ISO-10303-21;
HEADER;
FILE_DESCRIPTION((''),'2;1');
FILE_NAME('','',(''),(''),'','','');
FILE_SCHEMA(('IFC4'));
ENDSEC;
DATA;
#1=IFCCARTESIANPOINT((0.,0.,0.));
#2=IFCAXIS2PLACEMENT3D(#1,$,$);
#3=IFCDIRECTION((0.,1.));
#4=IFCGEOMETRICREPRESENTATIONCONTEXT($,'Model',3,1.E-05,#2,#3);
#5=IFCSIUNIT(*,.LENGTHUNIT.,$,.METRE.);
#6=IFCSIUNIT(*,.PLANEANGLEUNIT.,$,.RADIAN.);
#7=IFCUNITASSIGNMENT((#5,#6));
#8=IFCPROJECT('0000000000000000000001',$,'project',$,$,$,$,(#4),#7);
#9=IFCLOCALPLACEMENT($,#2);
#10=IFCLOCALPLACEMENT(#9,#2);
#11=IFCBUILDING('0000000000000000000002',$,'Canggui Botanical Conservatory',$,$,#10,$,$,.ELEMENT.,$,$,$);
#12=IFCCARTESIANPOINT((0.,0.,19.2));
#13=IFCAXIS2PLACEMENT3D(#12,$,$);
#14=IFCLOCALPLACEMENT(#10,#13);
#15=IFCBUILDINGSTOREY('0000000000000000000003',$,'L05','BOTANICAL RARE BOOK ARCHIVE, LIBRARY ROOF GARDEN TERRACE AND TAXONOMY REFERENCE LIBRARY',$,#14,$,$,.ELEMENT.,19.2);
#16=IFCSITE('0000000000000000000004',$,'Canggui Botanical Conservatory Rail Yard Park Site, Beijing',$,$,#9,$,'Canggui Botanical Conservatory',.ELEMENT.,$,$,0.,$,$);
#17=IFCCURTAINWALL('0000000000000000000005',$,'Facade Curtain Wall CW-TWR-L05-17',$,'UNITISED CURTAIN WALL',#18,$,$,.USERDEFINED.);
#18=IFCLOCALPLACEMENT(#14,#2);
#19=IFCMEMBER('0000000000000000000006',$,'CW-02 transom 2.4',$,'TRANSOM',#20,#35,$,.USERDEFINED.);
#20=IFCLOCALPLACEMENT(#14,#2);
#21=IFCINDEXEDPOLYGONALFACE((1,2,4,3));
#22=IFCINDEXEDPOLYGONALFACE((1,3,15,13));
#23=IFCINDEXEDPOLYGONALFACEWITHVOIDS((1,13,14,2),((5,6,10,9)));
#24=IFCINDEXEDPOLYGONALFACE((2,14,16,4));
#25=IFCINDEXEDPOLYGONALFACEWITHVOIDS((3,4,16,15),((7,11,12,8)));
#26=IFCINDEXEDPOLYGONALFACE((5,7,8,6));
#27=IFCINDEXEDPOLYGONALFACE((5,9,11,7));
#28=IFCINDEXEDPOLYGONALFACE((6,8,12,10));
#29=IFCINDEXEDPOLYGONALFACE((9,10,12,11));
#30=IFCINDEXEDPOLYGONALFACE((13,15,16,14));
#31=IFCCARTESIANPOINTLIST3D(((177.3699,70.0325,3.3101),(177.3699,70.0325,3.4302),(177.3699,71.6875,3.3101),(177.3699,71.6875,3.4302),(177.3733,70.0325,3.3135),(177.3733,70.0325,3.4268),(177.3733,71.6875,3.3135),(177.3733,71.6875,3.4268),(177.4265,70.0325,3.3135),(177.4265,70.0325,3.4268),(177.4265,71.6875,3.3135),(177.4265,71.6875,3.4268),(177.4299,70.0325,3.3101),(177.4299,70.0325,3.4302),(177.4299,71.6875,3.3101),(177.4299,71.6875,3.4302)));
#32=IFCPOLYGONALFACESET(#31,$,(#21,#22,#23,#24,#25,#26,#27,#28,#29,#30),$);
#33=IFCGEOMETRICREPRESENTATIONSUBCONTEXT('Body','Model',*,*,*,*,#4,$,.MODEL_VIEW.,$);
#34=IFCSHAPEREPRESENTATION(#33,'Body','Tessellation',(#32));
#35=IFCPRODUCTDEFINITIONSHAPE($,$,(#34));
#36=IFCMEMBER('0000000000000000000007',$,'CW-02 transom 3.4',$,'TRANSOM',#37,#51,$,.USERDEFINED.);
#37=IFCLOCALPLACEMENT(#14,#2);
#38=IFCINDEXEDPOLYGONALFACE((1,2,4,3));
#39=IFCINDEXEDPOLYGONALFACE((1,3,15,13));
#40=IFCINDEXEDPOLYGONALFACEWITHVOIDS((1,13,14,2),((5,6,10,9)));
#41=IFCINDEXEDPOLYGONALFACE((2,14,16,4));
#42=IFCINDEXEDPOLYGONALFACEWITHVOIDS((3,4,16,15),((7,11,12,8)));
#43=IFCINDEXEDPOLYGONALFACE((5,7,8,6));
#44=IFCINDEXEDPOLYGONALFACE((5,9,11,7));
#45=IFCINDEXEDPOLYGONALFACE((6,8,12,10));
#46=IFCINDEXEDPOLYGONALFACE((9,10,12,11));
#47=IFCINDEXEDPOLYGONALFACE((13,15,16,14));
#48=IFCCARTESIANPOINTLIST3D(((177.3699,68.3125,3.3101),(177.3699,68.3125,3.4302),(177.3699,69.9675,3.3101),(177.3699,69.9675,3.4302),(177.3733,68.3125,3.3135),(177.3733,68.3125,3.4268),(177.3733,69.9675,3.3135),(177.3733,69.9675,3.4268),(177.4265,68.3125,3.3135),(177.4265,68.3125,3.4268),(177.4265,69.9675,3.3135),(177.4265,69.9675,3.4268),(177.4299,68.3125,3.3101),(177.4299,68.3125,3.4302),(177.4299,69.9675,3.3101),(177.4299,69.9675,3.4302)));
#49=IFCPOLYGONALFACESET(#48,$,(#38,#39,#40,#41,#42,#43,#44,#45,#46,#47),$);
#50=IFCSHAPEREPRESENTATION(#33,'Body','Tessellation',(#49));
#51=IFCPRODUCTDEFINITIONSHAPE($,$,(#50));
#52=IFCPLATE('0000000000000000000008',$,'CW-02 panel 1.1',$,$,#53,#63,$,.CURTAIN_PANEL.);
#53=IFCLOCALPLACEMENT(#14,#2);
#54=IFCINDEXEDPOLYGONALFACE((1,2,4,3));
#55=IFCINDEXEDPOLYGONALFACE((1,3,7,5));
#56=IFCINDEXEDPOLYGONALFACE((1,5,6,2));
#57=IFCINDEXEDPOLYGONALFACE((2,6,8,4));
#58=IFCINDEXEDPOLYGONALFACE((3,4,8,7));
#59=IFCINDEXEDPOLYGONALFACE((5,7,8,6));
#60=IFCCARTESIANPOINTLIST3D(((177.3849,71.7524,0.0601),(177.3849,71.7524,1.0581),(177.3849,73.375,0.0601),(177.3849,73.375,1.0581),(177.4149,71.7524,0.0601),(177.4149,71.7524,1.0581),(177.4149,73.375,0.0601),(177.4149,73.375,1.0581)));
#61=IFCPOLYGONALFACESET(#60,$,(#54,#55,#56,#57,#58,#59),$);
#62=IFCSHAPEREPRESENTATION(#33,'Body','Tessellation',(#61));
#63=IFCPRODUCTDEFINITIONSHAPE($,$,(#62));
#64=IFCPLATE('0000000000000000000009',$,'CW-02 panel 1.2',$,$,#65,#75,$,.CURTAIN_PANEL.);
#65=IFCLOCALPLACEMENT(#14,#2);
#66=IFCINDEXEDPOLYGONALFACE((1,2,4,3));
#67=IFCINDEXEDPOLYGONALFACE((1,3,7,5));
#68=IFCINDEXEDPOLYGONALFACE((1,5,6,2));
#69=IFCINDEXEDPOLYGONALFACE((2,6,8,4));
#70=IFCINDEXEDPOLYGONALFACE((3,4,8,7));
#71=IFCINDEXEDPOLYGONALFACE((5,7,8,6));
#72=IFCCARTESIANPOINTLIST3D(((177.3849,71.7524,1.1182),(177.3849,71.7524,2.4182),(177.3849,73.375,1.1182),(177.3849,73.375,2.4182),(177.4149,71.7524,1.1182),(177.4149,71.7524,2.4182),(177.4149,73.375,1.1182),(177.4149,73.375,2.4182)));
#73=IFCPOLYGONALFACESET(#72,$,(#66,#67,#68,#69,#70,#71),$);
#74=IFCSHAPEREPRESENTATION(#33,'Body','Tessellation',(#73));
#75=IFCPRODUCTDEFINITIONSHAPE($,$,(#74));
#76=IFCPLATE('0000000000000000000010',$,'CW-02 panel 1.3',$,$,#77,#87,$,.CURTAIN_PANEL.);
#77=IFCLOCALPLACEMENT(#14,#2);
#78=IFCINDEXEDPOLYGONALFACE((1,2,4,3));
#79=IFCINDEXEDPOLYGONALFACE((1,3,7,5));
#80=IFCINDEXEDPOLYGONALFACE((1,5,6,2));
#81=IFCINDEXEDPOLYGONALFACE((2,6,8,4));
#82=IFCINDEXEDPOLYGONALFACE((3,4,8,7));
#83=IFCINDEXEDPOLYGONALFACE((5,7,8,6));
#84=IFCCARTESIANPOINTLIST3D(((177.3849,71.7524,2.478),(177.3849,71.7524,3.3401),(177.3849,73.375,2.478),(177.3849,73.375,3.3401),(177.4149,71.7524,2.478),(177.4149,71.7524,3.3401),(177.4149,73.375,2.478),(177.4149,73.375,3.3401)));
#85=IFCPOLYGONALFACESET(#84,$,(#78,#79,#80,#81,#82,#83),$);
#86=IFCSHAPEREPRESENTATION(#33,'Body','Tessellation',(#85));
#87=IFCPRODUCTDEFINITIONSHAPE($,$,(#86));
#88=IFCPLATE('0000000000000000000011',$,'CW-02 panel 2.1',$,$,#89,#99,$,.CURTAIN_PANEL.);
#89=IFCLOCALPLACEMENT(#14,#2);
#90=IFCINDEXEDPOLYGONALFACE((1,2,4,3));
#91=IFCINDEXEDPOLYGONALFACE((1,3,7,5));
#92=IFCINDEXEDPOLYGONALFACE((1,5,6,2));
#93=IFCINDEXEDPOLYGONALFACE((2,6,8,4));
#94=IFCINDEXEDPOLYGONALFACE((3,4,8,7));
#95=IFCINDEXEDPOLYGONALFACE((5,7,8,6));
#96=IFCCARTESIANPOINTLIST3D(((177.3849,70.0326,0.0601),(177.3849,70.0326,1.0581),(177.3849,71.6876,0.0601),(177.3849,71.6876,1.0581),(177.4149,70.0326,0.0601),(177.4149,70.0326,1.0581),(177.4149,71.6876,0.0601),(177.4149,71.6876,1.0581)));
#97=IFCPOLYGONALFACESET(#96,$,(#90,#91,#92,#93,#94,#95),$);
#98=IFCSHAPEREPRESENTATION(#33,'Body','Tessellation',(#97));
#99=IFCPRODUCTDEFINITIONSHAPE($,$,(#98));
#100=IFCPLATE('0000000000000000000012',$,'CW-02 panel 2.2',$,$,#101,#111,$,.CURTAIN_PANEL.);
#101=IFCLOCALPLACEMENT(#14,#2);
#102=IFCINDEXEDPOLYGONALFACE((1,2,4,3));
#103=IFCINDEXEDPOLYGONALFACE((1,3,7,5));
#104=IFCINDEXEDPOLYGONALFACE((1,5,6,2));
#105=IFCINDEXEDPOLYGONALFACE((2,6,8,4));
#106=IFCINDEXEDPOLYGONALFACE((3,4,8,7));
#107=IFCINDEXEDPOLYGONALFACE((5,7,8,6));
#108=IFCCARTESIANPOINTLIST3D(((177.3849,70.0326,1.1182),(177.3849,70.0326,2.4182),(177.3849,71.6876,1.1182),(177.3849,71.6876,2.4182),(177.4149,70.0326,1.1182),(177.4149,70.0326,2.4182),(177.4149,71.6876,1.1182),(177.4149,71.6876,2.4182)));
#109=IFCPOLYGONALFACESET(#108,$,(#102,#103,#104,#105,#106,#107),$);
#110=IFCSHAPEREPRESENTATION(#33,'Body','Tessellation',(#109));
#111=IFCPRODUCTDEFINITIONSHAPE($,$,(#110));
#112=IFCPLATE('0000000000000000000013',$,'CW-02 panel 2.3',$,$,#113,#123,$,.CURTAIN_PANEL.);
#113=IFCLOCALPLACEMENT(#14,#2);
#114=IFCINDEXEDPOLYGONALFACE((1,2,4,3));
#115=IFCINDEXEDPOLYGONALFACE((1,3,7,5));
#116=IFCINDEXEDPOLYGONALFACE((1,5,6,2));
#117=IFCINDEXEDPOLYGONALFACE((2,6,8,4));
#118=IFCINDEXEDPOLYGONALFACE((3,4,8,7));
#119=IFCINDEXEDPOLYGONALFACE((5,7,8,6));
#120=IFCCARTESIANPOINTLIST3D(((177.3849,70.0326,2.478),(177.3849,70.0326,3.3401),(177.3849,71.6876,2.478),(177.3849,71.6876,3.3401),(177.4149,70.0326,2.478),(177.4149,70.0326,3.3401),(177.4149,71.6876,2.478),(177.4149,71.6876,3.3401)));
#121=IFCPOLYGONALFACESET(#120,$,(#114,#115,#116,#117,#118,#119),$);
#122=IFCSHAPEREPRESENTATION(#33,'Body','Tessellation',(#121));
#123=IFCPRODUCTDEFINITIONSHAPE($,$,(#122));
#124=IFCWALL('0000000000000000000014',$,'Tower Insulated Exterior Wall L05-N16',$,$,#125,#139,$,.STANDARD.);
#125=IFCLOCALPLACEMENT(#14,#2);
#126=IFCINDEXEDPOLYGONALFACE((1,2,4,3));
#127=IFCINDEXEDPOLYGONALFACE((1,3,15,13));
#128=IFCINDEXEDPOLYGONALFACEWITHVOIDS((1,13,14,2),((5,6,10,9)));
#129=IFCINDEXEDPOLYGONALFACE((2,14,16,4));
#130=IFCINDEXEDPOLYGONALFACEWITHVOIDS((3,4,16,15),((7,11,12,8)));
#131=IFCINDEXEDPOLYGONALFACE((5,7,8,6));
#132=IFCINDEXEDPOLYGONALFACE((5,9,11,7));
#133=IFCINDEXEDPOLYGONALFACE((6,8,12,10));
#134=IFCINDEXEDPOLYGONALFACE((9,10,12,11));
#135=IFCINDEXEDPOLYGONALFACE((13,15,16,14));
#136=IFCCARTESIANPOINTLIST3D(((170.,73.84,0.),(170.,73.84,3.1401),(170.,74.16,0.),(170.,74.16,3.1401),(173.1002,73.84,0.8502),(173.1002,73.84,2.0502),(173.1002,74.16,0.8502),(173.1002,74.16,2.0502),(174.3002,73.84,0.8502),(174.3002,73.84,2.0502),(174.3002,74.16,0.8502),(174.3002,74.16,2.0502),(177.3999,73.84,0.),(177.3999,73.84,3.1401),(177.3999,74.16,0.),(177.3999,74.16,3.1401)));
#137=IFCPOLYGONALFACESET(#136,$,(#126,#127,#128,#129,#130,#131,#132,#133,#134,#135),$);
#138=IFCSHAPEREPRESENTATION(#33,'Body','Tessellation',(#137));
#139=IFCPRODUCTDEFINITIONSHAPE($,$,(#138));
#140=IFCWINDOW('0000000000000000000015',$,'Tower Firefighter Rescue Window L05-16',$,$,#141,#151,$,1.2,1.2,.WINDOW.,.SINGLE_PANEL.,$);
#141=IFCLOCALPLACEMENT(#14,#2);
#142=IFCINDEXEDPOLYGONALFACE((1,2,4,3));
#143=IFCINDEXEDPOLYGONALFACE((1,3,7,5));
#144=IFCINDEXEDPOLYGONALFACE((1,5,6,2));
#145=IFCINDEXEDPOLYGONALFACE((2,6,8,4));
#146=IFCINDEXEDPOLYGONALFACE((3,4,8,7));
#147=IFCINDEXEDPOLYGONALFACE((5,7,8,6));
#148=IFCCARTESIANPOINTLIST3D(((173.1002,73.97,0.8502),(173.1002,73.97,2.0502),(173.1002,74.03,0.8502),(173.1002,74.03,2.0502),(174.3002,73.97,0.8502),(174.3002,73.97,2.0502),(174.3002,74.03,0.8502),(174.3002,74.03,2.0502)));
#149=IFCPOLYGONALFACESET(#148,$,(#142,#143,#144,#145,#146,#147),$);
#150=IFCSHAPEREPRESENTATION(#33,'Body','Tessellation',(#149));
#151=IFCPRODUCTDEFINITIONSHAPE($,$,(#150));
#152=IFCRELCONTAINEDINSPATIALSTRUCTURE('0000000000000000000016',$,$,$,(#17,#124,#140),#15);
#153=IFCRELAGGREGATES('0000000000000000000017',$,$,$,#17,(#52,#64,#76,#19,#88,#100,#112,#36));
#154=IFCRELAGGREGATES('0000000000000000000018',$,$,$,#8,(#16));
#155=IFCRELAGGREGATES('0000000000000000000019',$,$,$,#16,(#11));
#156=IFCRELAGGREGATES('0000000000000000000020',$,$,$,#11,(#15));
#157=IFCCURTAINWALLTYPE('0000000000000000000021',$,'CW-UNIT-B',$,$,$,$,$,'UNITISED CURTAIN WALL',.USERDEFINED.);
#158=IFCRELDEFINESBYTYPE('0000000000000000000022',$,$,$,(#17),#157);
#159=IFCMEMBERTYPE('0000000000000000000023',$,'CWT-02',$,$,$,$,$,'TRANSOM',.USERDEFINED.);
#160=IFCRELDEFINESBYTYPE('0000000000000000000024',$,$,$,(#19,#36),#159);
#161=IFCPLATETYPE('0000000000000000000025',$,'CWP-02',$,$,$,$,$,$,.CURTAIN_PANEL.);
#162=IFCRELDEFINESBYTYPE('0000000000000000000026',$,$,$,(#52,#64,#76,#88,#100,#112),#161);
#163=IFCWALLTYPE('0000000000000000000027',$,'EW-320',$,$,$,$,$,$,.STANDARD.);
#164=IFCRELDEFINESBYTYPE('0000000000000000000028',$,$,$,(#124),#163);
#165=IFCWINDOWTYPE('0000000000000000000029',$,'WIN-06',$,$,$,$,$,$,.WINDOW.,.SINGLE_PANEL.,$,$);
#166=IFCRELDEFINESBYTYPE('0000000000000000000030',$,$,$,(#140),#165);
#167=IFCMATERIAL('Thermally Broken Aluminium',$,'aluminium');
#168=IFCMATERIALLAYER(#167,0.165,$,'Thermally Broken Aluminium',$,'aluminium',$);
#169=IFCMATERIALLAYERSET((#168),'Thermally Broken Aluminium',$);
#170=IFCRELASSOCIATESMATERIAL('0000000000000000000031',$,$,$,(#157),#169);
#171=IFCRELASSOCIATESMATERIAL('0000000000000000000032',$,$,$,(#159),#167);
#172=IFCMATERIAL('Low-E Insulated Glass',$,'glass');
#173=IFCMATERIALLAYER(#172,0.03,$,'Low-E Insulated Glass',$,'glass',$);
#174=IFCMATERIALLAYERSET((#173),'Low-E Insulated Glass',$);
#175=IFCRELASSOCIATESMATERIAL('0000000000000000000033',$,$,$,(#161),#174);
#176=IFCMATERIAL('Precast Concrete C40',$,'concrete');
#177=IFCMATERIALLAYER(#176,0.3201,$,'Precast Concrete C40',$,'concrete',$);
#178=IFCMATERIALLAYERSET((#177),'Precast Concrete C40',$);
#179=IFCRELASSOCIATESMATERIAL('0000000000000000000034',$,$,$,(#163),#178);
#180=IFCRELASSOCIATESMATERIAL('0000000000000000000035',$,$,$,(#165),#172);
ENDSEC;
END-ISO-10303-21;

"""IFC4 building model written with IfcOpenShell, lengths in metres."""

from ifc_helpers import new_model, si_unit, direction, frame, frame_2d, origin, origin_2d, place, context, subcontext, project, spatial, rectangle, hollow_rectangle, extrude, material, layer, layer_set, material_profile, profile_set, type_object, element, fill, aggregate, save


model = new_model("IFC4")

# Units and contexts
model_context = context("Model", 3, precision=1e-05, world=origin(), true_north=direction((0.0, 1.0)))
body_context = subcontext(model_context, "Body", "Model", "MODEL_VIEW")
ifc_project = project(units=[si_unit("LENGTHUNIT", "METRE"), si_unit("PLANEANGLEUNIT", "RADIAN")], contexts=[model_context])

# Site, building, storey
site_placement = place(None, origin())
site = spatial("IfcSite", under=ifc_project, at=site_placement, Name="Canggui Botanical Conservatory Rail Yard Park Site, Beijing", LongName="Canggui Botanical Conservatory", CompositionType="ELEMENT", RefElevation=0.0)
building_placement = place(site_placement, origin())
building = spatial("IfcBuilding", under=site, at=building_placement, Name="Canggui Botanical Conservatory", CompositionType="ELEMENT")
storey_placement = place(building_placement, frame((0.0, 0.0, 19.2)))
storey = spatial("IfcBuildingStorey", under=building, at=storey_placement, Name="L05", Description="BOTANICAL RARE BOOK ARCHIVE, LIBRARY ROOF GARDEN TERRACE AND TAXONOMY REFERENCE LIBRARY", CompositionType="ELEMENT", Elevation=19.2)

# Curtain wall, members, plates
ifc_material_1 = material(Name="Thermally Broken Aluminium", Category="aluminium")
ifc_layer_1 = layer(ifc_material_1, 0.165, Name="Thermally Broken Aluminium", Category="aluminium")
ifc_layer_set_1 = layer_set([ifc_layer_1], Name="Thermally Broken Aluminium")
curtain_wall_type = type_object("IfcCurtainWallType", Name="CW-UNIT-B", ElementType="UNITISED CURTAIN WALL", PredefinedType="USERDEFINED", material=ifc_layer_set_1)
curtain_wall_placement = place(storey_placement, origin())
curtain_wall = element("IfcCurtainWall", 1, at=curtain_wall_placement, inside=storey, type_object=curtain_wall_type, Name="Facade Curtain Wall CW-TWR-L05-17", ObjectType="UNITISED CURTAIN WALL", PredefinedType="USERDEFINED")
ifc_material_profile_1 = material_profile(ifc_material_1, hollow_rectangle(XDim=0.0601, YDim=0.1201, WallThickness=0.0034, at=origin_2d()), Name="CWT 60x120x3.5")
ifc_profile_set_1 = profile_set([ifc_material_profile_1], Name="Thermally Broken Aluminium")
member_type_1 = type_object("IfcMemberType", Name="CWT-02", ElementType="TRANSOM", PredefinedType="USERDEFINED", material=ifc_profile_set_1)
member_1_placement = place(storey_placement, frame((177.3999, 71.6875, 3.3701), z_axis=(0.0, -1.0, 0.0), x_axis=(1.0, 0.0, 0.0)))
member_1 = element("IfcMember", 2, at=member_1_placement, type_object=member_type_1, Name="CW-02 transom 2.4", ObjectType="TRANSOM", PredefinedType="USERDEFINED", context=body_context, shape_type="SweptSolid", body=[
    extrude(hollow_rectangle(XDim=0.0601, YDim=0.1201, WallThickness=0.0034, at=origin_2d()), origin(), (0.0, 0.0, 1.0), 1.655),
])
member_2_placement = place(storey_placement, frame((177.3999, 69.9675, 3.3701), z_axis=(0.0, -1.0, 0.0), x_axis=(1.0, 0.0, 0.0)))
member_2 = element("IfcMember", 3, at=member_2_placement, type_object=member_type_1, Name="CW-02 transom 3.4", ObjectType="TRANSOM", PredefinedType="USERDEFINED", context=body_context, shape_type="SweptSolid", body=[
    extrude(hollow_rectangle(XDim=0.0601, YDim=0.1201, WallThickness=0.0034, at=origin_2d()), origin(), (0.0, 0.0, 1.0), 1.655),
])
ifc_material_2 = material(Name="Low-E Insulated Glass", Category="glass")
ifc_layer_2 = layer(ifc_material_2, 0.03, Name="Low-E Insulated Glass", Category="glass")
ifc_layer_set_2 = layer_set([ifc_layer_2], Name="Low-E Insulated Glass")
plate_type = type_object("IfcPlateType", Name="CWP-02", PredefinedType="CURTAIN_PANEL", material=ifc_layer_set_2)
plate_1_placement = place(storey_placement, frame((177.3999, 72.5637, 0.0601), z_axis=(0.0, 0.0, 1.0), x_axis=(0.0, -1.0, 0.0)))
plate_1 = element("IfcPlate", 4, at=plate_1_placement, type_object=plate_type, Name="CW-02 panel 1.1", PredefinedType="CURTAIN_PANEL", context=body_context, shape_type="SweptSolid", body=[
    extrude(rectangle(XDim=1.6226, YDim=0.03, at=origin_2d()), origin(), (0.0, 0.0, 1.0), 0.998),
])
plate_2_placement = place(storey_placement, frame((177.3999, 72.5637, 1.1182), z_axis=(0.0, 0.0, 1.0), x_axis=(0.0, -1.0, 0.0)))
plate_2 = element("IfcPlate", 5, at=plate_2_placement, type_object=plate_type, Name="CW-02 panel 1.2", PredefinedType="CURTAIN_PANEL", context=body_context, shape_type="SweptSolid", body=[
    extrude(rectangle(XDim=1.6226, YDim=0.03, at=origin_2d()), origin(), (0.0, 0.0, 1.0), 1.3),
])
plate_3_placement = place(storey_placement, frame((177.3999, 72.5637, 2.478), z_axis=(0.0, 0.0, 1.0), x_axis=(0.0, -1.0, 0.0)))
plate_3 = element("IfcPlate", 6, at=plate_3_placement, type_object=plate_type, Name="CW-02 panel 1.3", PredefinedType="CURTAIN_PANEL", context=body_context, shape_type="SweptSolid", body=[
    extrude(rectangle(XDim=1.6226, YDim=0.03, at=origin_2d()), origin(), (0.0, 0.0, 1.0), 0.8621),
])
plate_4_placement = place(storey_placement, frame((177.3999, 70.8601, 0.0601), z_axis=(0.0, 0.0, 1.0), x_axis=(0.0, -1.0, 0.0)))
plate_4 = element("IfcPlate", 7, at=plate_4_placement, type_object=plate_type, Name="CW-02 panel 2.1", PredefinedType="CURTAIN_PANEL", context=body_context, shape_type="SweptSolid", body=[
    extrude(rectangle(XDim=1.655, YDim=0.03, at=origin_2d()), origin(), (0.0, 0.0, 1.0), 0.998),
])
plate_5_placement = place(storey_placement, frame((177.3999, 70.8601, 1.1182), z_axis=(0.0, 0.0, 1.0), x_axis=(0.0, -1.0, 0.0)))
plate_5 = element("IfcPlate", 8, at=plate_5_placement, type_object=plate_type, Name="CW-02 panel 2.2", PredefinedType="CURTAIN_PANEL", context=body_context, shape_type="SweptSolid", body=[
    extrude(rectangle(XDim=1.655, YDim=0.03, at=origin_2d()), origin(), (0.0, 0.0, 1.0), 1.3),
])
plate_6_placement = place(storey_placement, frame((177.3999, 70.8601, 2.478), z_axis=(0.0, 0.0, 1.0), x_axis=(0.0, -1.0, 0.0)))
plate_6 = element("IfcPlate", 9, at=plate_6_placement, type_object=plate_type, Name="CW-02 panel 2.3", PredefinedType="CURTAIN_PANEL", context=body_context, shape_type="SweptSolid", body=[
    extrude(rectangle(XDim=1.655, YDim=0.03, at=origin_2d()), origin(), (0.0, 0.0, 1.0), 0.8621),
])
aggregate(curtain_wall, [plate_1, plate_2, plate_3, member_1, plate_4, plate_5, plate_6, member_2])

# Wall, opening, window
ifc_material_3 = material(Name="Precast Concrete C40", Category="concrete")
ifc_layer_3 = layer(ifc_material_3, 0.3201, Name="Precast Concrete C40", Category="concrete")
ifc_layer_set_3 = layer_set([ifc_layer_3], Name="Precast Concrete C40")
wall_type = type_object("IfcWallType", Name="EW-320", PredefinedType="STANDARD", material=ifc_layer_set_3)
wall_placement = place(storey_placement, frame((170.0, 74.0, 0.0), z_axis=(0.0, 0.0, 1.0), x_axis=(1.0, 0.0, 0.0)))
wall = element("IfcWall", 10, at=wall_placement, inside=storey, type_object=wall_type, Name="Tower Insulated Exterior Wall L05-N16", PredefinedType="STANDARD", context=body_context, shape_type="SweptSolid", body=[
    extrude(rectangle(XDim=7.3999, YDim=0.3201, at=frame_2d((3.7, 0.0))), origin(), (0.0, 0.0, 1.0), 3.1401),
])
opening_placement = place(wall_placement, frame((3.1001, 0.0, 0.8501)))
opening = element("IfcOpeningElement", 11, at=opening_placement, cuts=wall, PredefinedType="OPENING", context=body_context, shape_type="SweptSolid", body=[
    extrude(rectangle(XDim=1.2, YDim=1.2, at=frame_2d((0.6001, 0.6001))), frame((0.0, 0.1699, 0.0), z_axis=(0.0, -1.0, 0.0), x_axis=(1.0, 0.0, 0.0)), (0.0, 0.0, 1.0), 0.3401),
])
window_type = type_object("IfcWindowType", Name="WIN-06", PartitioningType="SINGLE_PANEL", PredefinedType="WINDOW", material=ifc_material_2)
window_placement = place(opening_placement, origin())
window = element("IfcWindow", 12, at=window_placement, inside=storey, type_object=window_type, Name="Tower Firefighter Rescue Window L05-16", OverallHeight=1.2, OverallWidth=1.2, PartitioningType="SINGLE_PANEL", PredefinedType="WINDOW", context=body_context, shape_type="SweptSolid", body=[
    extrude(rectangle(XDim=1.2, YDim=1.2, at=frame_2d((0.6001, 0.6001))), frame((0.0, 0.03, 0.0), z_axis=(0.0, -1.0, 0.0), x_axis=(1.0, 0.0, 0.0)), (0.0, 0.0, 1.0), 0.0601),
])
fill(opening, window)

save(model, "model.ifc")
